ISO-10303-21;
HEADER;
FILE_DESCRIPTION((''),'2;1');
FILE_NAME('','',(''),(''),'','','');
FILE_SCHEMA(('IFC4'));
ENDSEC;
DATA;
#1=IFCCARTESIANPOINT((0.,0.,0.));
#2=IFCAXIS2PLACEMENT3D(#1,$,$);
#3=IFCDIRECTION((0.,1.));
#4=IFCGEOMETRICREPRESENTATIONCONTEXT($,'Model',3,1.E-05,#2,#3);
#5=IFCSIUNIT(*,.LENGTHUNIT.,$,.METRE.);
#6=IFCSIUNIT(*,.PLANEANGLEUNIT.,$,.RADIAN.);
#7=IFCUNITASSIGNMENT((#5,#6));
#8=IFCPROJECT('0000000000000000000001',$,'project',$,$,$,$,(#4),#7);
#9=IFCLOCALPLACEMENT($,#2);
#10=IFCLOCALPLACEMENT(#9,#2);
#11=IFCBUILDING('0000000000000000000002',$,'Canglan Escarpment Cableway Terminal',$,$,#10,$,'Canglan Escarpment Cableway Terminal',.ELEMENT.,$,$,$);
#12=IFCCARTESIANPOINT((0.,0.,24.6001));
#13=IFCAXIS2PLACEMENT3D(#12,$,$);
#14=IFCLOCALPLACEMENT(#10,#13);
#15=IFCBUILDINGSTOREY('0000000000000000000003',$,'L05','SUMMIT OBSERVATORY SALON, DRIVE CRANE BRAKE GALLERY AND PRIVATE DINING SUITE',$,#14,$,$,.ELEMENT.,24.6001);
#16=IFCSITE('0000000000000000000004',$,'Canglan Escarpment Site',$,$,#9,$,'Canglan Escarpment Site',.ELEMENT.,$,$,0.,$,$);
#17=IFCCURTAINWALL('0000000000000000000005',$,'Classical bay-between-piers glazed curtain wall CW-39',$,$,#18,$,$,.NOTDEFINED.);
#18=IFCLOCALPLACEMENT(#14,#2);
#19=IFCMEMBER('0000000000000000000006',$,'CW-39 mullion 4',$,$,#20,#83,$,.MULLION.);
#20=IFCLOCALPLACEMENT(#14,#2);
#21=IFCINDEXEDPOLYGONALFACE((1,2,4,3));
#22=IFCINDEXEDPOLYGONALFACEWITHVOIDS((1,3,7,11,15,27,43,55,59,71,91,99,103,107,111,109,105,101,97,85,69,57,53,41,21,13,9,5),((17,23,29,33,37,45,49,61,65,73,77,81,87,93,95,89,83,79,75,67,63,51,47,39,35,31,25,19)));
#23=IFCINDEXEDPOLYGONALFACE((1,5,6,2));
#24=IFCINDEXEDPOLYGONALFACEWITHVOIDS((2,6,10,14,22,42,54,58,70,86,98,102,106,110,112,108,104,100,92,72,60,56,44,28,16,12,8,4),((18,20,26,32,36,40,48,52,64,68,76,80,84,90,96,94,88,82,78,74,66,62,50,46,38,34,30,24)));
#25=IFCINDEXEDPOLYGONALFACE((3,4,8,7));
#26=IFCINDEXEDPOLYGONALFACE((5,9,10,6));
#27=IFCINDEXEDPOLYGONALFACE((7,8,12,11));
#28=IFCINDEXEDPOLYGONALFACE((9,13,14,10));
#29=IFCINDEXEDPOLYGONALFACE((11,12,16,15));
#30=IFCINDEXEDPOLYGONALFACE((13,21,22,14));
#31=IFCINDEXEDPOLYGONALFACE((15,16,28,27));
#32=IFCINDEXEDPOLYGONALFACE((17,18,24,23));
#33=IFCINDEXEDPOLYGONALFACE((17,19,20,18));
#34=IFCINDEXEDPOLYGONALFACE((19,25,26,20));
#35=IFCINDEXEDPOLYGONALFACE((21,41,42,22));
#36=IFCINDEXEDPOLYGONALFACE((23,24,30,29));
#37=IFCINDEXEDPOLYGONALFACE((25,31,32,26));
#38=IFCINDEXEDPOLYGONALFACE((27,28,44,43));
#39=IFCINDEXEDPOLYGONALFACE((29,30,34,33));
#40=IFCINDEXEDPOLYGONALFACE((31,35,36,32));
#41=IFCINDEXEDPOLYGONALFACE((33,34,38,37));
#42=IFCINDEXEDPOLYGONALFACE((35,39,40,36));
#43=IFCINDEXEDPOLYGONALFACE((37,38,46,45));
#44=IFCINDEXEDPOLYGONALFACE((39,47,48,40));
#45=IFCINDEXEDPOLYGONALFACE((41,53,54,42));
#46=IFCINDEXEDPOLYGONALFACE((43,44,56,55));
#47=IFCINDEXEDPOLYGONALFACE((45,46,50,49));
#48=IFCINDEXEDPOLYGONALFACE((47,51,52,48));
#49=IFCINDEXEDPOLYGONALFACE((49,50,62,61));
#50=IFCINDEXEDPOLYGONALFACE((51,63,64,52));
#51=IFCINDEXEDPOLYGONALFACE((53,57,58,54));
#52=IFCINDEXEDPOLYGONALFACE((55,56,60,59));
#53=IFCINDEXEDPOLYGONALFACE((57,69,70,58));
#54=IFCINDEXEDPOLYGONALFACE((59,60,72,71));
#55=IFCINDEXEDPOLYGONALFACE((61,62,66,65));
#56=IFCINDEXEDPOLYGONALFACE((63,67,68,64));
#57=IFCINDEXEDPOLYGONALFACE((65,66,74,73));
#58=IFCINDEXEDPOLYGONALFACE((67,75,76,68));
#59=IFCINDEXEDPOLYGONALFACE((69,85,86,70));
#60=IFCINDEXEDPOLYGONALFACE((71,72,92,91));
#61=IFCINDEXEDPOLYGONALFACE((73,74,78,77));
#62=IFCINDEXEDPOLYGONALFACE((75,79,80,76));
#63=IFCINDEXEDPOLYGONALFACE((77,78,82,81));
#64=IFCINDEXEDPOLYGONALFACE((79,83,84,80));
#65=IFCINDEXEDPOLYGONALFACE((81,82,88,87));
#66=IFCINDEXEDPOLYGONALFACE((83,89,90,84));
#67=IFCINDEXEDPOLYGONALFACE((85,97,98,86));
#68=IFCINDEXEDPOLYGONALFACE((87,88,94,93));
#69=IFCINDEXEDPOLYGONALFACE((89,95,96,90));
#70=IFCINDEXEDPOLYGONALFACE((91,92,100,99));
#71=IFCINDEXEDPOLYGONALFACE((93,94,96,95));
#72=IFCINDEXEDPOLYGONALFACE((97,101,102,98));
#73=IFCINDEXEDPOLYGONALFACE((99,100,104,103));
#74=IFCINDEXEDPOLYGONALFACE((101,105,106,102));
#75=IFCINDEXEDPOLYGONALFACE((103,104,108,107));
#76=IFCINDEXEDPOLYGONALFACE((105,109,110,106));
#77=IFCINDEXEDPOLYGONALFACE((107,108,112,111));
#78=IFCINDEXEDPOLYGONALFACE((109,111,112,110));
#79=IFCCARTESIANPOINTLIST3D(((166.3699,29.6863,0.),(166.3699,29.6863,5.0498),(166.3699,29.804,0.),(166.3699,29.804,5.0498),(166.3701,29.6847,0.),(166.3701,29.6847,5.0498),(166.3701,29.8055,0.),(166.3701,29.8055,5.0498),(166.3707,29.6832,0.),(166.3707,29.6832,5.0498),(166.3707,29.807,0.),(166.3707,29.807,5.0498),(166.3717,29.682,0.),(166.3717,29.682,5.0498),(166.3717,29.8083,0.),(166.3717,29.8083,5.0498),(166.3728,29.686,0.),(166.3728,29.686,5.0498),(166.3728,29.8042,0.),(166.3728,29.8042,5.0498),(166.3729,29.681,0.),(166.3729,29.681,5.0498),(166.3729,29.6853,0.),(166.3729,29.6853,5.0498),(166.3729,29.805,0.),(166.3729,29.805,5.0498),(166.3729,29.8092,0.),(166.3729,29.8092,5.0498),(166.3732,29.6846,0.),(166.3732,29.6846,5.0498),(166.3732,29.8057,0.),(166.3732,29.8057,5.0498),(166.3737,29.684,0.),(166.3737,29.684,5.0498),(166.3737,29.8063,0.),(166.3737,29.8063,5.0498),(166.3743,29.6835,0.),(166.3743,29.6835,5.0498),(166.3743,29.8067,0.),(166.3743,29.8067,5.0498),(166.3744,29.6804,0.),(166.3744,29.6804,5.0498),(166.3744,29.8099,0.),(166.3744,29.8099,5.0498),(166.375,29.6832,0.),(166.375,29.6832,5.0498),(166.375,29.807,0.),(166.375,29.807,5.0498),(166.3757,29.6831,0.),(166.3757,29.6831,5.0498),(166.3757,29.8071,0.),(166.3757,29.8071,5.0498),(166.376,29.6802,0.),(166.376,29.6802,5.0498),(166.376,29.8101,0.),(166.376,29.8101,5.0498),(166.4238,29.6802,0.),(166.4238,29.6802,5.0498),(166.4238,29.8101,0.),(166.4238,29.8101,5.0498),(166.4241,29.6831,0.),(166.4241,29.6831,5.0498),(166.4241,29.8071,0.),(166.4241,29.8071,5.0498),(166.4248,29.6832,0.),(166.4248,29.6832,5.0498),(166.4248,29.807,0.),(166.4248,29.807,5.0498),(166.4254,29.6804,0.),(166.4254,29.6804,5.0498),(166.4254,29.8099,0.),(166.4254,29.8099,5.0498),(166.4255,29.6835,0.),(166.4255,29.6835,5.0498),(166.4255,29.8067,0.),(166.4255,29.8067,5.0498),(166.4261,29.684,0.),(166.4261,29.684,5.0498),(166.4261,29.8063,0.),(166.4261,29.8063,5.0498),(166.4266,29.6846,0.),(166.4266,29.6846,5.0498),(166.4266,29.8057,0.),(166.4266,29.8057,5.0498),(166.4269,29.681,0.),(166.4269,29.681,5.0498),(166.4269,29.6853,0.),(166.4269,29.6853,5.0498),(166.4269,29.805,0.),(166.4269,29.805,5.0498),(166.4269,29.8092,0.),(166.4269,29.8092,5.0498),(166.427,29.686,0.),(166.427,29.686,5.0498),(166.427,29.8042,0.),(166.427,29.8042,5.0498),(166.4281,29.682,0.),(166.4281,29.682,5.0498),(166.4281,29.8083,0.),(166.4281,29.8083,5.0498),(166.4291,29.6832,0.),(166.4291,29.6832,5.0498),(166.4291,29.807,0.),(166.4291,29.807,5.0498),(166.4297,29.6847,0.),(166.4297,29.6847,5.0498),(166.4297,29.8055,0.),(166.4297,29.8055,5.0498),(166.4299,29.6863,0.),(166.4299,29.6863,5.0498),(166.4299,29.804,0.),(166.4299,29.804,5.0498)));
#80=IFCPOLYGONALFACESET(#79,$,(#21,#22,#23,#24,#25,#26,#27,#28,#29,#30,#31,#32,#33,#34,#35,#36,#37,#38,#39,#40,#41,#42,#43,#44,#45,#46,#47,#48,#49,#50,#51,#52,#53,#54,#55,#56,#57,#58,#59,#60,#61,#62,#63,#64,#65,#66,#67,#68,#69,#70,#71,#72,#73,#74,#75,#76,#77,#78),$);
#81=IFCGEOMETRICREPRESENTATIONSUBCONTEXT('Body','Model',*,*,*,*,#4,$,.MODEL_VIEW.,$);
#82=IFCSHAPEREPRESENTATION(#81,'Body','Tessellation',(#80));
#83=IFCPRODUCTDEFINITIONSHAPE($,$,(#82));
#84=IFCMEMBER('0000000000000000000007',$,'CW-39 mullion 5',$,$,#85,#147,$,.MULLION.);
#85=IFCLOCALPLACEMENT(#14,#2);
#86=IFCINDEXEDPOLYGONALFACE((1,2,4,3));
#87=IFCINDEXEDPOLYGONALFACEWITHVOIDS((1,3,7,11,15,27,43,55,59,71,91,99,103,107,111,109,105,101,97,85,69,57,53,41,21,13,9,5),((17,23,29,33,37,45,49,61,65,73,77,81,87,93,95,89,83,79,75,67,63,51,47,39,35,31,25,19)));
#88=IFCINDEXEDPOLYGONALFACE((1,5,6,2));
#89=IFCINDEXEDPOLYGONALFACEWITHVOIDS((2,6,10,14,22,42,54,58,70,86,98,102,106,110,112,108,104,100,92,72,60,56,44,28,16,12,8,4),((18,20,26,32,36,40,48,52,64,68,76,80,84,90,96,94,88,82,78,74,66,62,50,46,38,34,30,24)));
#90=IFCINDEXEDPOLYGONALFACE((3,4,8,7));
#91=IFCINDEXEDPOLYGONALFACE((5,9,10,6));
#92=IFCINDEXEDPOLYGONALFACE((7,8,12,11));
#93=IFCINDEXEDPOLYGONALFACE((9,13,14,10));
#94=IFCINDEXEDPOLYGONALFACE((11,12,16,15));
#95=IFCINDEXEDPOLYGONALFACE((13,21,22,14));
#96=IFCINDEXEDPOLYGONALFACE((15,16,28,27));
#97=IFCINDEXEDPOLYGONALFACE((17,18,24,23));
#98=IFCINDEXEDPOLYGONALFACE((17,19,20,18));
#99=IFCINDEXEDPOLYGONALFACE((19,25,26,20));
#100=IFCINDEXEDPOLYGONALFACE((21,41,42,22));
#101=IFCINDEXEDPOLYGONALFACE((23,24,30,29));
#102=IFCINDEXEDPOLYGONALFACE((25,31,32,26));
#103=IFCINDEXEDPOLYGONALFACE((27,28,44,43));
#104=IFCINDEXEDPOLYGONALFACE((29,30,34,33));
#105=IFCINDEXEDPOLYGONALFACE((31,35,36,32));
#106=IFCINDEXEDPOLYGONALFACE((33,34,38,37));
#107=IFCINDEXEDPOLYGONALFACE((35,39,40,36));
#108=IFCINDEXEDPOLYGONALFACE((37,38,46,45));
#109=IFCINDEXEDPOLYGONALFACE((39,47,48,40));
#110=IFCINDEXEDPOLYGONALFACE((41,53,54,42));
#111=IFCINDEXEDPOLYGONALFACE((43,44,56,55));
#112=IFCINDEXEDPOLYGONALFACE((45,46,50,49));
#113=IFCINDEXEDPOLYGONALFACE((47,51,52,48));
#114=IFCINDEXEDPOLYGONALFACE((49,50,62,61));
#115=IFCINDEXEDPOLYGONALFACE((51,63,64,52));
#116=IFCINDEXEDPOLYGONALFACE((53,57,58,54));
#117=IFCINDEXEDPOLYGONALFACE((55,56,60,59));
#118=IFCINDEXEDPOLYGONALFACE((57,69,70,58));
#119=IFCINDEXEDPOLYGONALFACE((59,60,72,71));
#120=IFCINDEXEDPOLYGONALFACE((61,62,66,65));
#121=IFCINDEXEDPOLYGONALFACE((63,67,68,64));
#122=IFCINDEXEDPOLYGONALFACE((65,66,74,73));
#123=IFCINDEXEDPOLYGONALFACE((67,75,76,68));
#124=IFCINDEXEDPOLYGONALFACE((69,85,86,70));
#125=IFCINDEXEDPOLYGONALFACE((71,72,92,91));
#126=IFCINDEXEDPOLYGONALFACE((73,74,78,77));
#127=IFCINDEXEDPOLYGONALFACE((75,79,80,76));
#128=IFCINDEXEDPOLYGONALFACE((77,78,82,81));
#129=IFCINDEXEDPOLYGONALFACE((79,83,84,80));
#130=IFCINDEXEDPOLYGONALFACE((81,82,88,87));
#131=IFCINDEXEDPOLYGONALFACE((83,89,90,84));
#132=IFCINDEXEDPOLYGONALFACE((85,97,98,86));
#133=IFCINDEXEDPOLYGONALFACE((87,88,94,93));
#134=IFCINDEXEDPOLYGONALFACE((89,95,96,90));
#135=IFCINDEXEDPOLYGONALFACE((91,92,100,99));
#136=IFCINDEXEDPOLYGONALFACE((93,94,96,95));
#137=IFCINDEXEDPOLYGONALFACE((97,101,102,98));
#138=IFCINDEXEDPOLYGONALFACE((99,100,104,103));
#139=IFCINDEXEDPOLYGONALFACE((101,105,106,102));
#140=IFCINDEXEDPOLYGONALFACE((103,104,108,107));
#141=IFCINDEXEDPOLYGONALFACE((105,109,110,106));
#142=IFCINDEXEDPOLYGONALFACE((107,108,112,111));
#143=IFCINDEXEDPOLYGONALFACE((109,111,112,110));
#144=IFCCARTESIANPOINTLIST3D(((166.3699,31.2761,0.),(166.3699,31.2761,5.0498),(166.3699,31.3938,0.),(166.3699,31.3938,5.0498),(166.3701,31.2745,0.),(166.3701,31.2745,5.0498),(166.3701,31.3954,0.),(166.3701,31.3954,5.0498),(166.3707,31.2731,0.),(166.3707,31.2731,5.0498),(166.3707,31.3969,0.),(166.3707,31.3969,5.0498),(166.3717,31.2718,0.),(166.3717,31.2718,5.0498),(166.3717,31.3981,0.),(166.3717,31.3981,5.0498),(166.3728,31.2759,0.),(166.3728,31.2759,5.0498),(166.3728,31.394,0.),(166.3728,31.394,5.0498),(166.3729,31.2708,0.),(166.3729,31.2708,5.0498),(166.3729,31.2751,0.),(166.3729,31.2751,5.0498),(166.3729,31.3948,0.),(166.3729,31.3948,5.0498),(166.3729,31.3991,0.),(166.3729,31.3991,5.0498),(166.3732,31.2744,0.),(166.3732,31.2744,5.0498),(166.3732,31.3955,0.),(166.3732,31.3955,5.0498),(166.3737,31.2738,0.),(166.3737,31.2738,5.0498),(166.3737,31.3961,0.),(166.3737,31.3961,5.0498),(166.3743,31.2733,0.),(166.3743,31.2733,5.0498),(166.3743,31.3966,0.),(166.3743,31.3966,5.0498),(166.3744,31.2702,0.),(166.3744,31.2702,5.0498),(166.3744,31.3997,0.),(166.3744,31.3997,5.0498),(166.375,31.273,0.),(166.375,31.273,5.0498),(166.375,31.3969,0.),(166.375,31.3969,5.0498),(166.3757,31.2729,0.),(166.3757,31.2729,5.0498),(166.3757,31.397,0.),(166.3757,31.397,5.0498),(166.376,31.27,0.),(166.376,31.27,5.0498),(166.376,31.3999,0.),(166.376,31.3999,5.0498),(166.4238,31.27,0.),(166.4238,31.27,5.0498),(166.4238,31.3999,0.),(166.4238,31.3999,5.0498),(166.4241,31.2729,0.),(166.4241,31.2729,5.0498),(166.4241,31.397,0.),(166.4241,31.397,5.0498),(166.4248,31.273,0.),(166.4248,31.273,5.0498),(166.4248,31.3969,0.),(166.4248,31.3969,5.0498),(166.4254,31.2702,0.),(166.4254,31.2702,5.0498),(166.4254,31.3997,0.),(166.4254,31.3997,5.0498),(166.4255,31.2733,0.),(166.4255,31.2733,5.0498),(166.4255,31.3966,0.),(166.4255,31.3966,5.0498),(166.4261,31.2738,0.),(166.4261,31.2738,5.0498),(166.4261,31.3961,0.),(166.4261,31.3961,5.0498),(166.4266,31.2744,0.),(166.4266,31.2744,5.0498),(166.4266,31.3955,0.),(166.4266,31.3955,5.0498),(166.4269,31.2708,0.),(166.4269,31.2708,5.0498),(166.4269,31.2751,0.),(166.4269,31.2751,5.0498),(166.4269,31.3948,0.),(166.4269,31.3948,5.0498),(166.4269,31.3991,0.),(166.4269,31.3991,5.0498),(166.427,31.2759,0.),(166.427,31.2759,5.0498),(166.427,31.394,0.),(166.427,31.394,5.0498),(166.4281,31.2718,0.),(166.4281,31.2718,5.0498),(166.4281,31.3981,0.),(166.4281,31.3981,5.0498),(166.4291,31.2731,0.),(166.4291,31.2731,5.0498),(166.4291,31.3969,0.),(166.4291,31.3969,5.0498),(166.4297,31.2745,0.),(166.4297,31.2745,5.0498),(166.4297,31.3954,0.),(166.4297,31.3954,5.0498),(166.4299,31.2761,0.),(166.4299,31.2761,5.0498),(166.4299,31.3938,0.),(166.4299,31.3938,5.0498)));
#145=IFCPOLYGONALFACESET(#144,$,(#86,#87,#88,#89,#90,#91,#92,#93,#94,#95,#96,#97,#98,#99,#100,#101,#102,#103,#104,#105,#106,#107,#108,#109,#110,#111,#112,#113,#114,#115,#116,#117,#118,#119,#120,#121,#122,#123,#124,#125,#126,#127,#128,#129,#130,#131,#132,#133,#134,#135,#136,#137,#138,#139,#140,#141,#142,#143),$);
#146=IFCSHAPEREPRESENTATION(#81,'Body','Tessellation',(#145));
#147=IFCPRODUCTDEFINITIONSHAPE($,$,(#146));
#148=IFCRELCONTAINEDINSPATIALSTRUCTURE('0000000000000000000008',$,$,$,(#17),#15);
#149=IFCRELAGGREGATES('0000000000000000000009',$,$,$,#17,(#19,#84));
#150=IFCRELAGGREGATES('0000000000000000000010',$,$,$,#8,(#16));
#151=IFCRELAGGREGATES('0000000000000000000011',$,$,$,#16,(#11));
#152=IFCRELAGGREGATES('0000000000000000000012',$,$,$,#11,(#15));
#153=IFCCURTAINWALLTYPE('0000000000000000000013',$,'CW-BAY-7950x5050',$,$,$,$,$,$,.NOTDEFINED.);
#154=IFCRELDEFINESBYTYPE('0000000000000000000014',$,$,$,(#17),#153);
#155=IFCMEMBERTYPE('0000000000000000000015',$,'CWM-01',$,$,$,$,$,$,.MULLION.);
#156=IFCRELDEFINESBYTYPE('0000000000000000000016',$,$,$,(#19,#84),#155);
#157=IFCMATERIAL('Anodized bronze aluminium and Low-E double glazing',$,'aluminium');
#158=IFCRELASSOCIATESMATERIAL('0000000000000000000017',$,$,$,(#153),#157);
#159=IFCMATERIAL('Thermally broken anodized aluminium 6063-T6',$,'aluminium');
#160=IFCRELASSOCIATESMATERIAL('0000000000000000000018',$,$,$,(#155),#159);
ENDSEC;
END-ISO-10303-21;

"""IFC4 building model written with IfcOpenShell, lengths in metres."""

from ifc_helpers import new_model, si_unit, direction, frame, origin, origin_2d, place, context, subcontext, project, spatial, hollow_rectangle, extrude, material, material_profile, profile_set, type_object, element, aggregate, save


model = new_model("IFC4")

# Units and contexts
model_context = context("Model", 3, precision=1e-05, world=origin(), true_north=direction((0.0, 1.0)))
body_context = subcontext(model_context, "Body", "Model", "MODEL_VIEW")
ifc_project = project(units=[si_unit("LENGTHUNIT", "METRE"), si_unit("PLANEANGLEUNIT", "RADIAN")], contexts=[model_context])

# Site, building, storey
site_placement = place(None, origin())
site = spatial("IfcSite", under=ifc_project, at=site_placement, Name="Canglan Escarpment Site", LongName="Canglan Escarpment Site", CompositionType="ELEMENT", RefElevation=0.0)
building_placement = place(site_placement, origin())
building = spatial("IfcBuilding", under=site, at=building_placement, Name="Canglan Escarpment Cableway Terminal", LongName="Canglan Escarpment Cableway Terminal", CompositionType="ELEMENT")
storey_placement = place(building_placement, frame((0.0, 0.0, 24.6001)))
storey = spatial("IfcBuildingStorey", under=building, at=storey_placement, Name="L05", Description="SUMMIT OBSERVATORY SALON, DRIVE CRANE BRAKE GALLERY AND PRIVATE DINING SUITE", CompositionType="ELEMENT", Elevation=24.6001)

# Curtain wall, members
ifc_material_1 = material(Name="Anodized bronze aluminium and Low-E double glazing", Category="aluminium")
curtain_wall_type = type_object("IfcCurtainWallType", Name="CW-BAY-7950x5050", PredefinedType="NOTDEFINED", material=ifc_material_1)
curtain_wall_placement = place(storey_placement, origin())
curtain_wall = element("IfcCurtainWall", 1, at=curtain_wall_placement, inside=storey, type_object=curtain_wall_type, Name="Classical bay-between-piers glazed curtain wall CW-39", PredefinedType="NOTDEFINED")
ifc_material_2 = material(Name="Thermally broken anodized aluminium 6063-T6", Category="aluminium")
ifc_material_profile_1 = material_profile(ifc_material_2, hollow_rectangle(XDim=0.0601, YDim=0.1299, WallThickness=0.0029, InnerFilletRadius=0.0029, OuterFilletRadius=0.0061, at=origin_2d()), Name="ALU-MULL 60x130x3")
ifc_profile_set_1 = profile_set([ifc_material_profile_1], Name="Thermally broken anodized aluminium 6063-T6")
member_type_1 = type_object("IfcMemberType", Name="CWM-01", PredefinedType="MULLION", material=ifc_profile_set_1)
member_1_placement = place(storey_placement, frame((166.3999, 29.7451, 0.0), z_axis=(0.0, 0.0, 1.0), x_axis=(-1.0, 0.0, 0.0)))
member_1 = element("IfcMember", 2, at=member_1_placement, type_object=member_type_1, Name="CW-39 mullion 4", PredefinedType="MULLION", context=body_context, shape_type="SweptSolid", body=[
    extrude(hollow_rectangle(XDim=0.0601, YDim=0.1299, WallThickness=0.0029, InnerFilletRadius=0.0029, OuterFilletRadius=0.0061, at=origin_2d()), origin(), (0.0, 0.0, 1.0), 5.0498),
])
member_2_placement = place(storey_placement, frame((166.3999, 31.335, 0.0), z_axis=(0.0, 0.0, 1.0), x_axis=(-1.0, 0.0, 0.0)))
member_2 = element("IfcMember", 3, at=member_2_placement, type_object=member_type_1, Name="CW-39 mullion 5", PredefinedType="MULLION", context=body_context, shape_type="SweptSolid", body=[
    extrude(hollow_rectangle(XDim=0.0601, YDim=0.1299, WallThickness=0.0029, InnerFilletRadius=0.0029, OuterFilletRadius=0.0061, at=origin_2d()), origin(), (0.0, 0.0, 1.0), 5.0498),
])
aggregate(curtain_wall, [member_1, member_2])

save(model, "model.ifc")
